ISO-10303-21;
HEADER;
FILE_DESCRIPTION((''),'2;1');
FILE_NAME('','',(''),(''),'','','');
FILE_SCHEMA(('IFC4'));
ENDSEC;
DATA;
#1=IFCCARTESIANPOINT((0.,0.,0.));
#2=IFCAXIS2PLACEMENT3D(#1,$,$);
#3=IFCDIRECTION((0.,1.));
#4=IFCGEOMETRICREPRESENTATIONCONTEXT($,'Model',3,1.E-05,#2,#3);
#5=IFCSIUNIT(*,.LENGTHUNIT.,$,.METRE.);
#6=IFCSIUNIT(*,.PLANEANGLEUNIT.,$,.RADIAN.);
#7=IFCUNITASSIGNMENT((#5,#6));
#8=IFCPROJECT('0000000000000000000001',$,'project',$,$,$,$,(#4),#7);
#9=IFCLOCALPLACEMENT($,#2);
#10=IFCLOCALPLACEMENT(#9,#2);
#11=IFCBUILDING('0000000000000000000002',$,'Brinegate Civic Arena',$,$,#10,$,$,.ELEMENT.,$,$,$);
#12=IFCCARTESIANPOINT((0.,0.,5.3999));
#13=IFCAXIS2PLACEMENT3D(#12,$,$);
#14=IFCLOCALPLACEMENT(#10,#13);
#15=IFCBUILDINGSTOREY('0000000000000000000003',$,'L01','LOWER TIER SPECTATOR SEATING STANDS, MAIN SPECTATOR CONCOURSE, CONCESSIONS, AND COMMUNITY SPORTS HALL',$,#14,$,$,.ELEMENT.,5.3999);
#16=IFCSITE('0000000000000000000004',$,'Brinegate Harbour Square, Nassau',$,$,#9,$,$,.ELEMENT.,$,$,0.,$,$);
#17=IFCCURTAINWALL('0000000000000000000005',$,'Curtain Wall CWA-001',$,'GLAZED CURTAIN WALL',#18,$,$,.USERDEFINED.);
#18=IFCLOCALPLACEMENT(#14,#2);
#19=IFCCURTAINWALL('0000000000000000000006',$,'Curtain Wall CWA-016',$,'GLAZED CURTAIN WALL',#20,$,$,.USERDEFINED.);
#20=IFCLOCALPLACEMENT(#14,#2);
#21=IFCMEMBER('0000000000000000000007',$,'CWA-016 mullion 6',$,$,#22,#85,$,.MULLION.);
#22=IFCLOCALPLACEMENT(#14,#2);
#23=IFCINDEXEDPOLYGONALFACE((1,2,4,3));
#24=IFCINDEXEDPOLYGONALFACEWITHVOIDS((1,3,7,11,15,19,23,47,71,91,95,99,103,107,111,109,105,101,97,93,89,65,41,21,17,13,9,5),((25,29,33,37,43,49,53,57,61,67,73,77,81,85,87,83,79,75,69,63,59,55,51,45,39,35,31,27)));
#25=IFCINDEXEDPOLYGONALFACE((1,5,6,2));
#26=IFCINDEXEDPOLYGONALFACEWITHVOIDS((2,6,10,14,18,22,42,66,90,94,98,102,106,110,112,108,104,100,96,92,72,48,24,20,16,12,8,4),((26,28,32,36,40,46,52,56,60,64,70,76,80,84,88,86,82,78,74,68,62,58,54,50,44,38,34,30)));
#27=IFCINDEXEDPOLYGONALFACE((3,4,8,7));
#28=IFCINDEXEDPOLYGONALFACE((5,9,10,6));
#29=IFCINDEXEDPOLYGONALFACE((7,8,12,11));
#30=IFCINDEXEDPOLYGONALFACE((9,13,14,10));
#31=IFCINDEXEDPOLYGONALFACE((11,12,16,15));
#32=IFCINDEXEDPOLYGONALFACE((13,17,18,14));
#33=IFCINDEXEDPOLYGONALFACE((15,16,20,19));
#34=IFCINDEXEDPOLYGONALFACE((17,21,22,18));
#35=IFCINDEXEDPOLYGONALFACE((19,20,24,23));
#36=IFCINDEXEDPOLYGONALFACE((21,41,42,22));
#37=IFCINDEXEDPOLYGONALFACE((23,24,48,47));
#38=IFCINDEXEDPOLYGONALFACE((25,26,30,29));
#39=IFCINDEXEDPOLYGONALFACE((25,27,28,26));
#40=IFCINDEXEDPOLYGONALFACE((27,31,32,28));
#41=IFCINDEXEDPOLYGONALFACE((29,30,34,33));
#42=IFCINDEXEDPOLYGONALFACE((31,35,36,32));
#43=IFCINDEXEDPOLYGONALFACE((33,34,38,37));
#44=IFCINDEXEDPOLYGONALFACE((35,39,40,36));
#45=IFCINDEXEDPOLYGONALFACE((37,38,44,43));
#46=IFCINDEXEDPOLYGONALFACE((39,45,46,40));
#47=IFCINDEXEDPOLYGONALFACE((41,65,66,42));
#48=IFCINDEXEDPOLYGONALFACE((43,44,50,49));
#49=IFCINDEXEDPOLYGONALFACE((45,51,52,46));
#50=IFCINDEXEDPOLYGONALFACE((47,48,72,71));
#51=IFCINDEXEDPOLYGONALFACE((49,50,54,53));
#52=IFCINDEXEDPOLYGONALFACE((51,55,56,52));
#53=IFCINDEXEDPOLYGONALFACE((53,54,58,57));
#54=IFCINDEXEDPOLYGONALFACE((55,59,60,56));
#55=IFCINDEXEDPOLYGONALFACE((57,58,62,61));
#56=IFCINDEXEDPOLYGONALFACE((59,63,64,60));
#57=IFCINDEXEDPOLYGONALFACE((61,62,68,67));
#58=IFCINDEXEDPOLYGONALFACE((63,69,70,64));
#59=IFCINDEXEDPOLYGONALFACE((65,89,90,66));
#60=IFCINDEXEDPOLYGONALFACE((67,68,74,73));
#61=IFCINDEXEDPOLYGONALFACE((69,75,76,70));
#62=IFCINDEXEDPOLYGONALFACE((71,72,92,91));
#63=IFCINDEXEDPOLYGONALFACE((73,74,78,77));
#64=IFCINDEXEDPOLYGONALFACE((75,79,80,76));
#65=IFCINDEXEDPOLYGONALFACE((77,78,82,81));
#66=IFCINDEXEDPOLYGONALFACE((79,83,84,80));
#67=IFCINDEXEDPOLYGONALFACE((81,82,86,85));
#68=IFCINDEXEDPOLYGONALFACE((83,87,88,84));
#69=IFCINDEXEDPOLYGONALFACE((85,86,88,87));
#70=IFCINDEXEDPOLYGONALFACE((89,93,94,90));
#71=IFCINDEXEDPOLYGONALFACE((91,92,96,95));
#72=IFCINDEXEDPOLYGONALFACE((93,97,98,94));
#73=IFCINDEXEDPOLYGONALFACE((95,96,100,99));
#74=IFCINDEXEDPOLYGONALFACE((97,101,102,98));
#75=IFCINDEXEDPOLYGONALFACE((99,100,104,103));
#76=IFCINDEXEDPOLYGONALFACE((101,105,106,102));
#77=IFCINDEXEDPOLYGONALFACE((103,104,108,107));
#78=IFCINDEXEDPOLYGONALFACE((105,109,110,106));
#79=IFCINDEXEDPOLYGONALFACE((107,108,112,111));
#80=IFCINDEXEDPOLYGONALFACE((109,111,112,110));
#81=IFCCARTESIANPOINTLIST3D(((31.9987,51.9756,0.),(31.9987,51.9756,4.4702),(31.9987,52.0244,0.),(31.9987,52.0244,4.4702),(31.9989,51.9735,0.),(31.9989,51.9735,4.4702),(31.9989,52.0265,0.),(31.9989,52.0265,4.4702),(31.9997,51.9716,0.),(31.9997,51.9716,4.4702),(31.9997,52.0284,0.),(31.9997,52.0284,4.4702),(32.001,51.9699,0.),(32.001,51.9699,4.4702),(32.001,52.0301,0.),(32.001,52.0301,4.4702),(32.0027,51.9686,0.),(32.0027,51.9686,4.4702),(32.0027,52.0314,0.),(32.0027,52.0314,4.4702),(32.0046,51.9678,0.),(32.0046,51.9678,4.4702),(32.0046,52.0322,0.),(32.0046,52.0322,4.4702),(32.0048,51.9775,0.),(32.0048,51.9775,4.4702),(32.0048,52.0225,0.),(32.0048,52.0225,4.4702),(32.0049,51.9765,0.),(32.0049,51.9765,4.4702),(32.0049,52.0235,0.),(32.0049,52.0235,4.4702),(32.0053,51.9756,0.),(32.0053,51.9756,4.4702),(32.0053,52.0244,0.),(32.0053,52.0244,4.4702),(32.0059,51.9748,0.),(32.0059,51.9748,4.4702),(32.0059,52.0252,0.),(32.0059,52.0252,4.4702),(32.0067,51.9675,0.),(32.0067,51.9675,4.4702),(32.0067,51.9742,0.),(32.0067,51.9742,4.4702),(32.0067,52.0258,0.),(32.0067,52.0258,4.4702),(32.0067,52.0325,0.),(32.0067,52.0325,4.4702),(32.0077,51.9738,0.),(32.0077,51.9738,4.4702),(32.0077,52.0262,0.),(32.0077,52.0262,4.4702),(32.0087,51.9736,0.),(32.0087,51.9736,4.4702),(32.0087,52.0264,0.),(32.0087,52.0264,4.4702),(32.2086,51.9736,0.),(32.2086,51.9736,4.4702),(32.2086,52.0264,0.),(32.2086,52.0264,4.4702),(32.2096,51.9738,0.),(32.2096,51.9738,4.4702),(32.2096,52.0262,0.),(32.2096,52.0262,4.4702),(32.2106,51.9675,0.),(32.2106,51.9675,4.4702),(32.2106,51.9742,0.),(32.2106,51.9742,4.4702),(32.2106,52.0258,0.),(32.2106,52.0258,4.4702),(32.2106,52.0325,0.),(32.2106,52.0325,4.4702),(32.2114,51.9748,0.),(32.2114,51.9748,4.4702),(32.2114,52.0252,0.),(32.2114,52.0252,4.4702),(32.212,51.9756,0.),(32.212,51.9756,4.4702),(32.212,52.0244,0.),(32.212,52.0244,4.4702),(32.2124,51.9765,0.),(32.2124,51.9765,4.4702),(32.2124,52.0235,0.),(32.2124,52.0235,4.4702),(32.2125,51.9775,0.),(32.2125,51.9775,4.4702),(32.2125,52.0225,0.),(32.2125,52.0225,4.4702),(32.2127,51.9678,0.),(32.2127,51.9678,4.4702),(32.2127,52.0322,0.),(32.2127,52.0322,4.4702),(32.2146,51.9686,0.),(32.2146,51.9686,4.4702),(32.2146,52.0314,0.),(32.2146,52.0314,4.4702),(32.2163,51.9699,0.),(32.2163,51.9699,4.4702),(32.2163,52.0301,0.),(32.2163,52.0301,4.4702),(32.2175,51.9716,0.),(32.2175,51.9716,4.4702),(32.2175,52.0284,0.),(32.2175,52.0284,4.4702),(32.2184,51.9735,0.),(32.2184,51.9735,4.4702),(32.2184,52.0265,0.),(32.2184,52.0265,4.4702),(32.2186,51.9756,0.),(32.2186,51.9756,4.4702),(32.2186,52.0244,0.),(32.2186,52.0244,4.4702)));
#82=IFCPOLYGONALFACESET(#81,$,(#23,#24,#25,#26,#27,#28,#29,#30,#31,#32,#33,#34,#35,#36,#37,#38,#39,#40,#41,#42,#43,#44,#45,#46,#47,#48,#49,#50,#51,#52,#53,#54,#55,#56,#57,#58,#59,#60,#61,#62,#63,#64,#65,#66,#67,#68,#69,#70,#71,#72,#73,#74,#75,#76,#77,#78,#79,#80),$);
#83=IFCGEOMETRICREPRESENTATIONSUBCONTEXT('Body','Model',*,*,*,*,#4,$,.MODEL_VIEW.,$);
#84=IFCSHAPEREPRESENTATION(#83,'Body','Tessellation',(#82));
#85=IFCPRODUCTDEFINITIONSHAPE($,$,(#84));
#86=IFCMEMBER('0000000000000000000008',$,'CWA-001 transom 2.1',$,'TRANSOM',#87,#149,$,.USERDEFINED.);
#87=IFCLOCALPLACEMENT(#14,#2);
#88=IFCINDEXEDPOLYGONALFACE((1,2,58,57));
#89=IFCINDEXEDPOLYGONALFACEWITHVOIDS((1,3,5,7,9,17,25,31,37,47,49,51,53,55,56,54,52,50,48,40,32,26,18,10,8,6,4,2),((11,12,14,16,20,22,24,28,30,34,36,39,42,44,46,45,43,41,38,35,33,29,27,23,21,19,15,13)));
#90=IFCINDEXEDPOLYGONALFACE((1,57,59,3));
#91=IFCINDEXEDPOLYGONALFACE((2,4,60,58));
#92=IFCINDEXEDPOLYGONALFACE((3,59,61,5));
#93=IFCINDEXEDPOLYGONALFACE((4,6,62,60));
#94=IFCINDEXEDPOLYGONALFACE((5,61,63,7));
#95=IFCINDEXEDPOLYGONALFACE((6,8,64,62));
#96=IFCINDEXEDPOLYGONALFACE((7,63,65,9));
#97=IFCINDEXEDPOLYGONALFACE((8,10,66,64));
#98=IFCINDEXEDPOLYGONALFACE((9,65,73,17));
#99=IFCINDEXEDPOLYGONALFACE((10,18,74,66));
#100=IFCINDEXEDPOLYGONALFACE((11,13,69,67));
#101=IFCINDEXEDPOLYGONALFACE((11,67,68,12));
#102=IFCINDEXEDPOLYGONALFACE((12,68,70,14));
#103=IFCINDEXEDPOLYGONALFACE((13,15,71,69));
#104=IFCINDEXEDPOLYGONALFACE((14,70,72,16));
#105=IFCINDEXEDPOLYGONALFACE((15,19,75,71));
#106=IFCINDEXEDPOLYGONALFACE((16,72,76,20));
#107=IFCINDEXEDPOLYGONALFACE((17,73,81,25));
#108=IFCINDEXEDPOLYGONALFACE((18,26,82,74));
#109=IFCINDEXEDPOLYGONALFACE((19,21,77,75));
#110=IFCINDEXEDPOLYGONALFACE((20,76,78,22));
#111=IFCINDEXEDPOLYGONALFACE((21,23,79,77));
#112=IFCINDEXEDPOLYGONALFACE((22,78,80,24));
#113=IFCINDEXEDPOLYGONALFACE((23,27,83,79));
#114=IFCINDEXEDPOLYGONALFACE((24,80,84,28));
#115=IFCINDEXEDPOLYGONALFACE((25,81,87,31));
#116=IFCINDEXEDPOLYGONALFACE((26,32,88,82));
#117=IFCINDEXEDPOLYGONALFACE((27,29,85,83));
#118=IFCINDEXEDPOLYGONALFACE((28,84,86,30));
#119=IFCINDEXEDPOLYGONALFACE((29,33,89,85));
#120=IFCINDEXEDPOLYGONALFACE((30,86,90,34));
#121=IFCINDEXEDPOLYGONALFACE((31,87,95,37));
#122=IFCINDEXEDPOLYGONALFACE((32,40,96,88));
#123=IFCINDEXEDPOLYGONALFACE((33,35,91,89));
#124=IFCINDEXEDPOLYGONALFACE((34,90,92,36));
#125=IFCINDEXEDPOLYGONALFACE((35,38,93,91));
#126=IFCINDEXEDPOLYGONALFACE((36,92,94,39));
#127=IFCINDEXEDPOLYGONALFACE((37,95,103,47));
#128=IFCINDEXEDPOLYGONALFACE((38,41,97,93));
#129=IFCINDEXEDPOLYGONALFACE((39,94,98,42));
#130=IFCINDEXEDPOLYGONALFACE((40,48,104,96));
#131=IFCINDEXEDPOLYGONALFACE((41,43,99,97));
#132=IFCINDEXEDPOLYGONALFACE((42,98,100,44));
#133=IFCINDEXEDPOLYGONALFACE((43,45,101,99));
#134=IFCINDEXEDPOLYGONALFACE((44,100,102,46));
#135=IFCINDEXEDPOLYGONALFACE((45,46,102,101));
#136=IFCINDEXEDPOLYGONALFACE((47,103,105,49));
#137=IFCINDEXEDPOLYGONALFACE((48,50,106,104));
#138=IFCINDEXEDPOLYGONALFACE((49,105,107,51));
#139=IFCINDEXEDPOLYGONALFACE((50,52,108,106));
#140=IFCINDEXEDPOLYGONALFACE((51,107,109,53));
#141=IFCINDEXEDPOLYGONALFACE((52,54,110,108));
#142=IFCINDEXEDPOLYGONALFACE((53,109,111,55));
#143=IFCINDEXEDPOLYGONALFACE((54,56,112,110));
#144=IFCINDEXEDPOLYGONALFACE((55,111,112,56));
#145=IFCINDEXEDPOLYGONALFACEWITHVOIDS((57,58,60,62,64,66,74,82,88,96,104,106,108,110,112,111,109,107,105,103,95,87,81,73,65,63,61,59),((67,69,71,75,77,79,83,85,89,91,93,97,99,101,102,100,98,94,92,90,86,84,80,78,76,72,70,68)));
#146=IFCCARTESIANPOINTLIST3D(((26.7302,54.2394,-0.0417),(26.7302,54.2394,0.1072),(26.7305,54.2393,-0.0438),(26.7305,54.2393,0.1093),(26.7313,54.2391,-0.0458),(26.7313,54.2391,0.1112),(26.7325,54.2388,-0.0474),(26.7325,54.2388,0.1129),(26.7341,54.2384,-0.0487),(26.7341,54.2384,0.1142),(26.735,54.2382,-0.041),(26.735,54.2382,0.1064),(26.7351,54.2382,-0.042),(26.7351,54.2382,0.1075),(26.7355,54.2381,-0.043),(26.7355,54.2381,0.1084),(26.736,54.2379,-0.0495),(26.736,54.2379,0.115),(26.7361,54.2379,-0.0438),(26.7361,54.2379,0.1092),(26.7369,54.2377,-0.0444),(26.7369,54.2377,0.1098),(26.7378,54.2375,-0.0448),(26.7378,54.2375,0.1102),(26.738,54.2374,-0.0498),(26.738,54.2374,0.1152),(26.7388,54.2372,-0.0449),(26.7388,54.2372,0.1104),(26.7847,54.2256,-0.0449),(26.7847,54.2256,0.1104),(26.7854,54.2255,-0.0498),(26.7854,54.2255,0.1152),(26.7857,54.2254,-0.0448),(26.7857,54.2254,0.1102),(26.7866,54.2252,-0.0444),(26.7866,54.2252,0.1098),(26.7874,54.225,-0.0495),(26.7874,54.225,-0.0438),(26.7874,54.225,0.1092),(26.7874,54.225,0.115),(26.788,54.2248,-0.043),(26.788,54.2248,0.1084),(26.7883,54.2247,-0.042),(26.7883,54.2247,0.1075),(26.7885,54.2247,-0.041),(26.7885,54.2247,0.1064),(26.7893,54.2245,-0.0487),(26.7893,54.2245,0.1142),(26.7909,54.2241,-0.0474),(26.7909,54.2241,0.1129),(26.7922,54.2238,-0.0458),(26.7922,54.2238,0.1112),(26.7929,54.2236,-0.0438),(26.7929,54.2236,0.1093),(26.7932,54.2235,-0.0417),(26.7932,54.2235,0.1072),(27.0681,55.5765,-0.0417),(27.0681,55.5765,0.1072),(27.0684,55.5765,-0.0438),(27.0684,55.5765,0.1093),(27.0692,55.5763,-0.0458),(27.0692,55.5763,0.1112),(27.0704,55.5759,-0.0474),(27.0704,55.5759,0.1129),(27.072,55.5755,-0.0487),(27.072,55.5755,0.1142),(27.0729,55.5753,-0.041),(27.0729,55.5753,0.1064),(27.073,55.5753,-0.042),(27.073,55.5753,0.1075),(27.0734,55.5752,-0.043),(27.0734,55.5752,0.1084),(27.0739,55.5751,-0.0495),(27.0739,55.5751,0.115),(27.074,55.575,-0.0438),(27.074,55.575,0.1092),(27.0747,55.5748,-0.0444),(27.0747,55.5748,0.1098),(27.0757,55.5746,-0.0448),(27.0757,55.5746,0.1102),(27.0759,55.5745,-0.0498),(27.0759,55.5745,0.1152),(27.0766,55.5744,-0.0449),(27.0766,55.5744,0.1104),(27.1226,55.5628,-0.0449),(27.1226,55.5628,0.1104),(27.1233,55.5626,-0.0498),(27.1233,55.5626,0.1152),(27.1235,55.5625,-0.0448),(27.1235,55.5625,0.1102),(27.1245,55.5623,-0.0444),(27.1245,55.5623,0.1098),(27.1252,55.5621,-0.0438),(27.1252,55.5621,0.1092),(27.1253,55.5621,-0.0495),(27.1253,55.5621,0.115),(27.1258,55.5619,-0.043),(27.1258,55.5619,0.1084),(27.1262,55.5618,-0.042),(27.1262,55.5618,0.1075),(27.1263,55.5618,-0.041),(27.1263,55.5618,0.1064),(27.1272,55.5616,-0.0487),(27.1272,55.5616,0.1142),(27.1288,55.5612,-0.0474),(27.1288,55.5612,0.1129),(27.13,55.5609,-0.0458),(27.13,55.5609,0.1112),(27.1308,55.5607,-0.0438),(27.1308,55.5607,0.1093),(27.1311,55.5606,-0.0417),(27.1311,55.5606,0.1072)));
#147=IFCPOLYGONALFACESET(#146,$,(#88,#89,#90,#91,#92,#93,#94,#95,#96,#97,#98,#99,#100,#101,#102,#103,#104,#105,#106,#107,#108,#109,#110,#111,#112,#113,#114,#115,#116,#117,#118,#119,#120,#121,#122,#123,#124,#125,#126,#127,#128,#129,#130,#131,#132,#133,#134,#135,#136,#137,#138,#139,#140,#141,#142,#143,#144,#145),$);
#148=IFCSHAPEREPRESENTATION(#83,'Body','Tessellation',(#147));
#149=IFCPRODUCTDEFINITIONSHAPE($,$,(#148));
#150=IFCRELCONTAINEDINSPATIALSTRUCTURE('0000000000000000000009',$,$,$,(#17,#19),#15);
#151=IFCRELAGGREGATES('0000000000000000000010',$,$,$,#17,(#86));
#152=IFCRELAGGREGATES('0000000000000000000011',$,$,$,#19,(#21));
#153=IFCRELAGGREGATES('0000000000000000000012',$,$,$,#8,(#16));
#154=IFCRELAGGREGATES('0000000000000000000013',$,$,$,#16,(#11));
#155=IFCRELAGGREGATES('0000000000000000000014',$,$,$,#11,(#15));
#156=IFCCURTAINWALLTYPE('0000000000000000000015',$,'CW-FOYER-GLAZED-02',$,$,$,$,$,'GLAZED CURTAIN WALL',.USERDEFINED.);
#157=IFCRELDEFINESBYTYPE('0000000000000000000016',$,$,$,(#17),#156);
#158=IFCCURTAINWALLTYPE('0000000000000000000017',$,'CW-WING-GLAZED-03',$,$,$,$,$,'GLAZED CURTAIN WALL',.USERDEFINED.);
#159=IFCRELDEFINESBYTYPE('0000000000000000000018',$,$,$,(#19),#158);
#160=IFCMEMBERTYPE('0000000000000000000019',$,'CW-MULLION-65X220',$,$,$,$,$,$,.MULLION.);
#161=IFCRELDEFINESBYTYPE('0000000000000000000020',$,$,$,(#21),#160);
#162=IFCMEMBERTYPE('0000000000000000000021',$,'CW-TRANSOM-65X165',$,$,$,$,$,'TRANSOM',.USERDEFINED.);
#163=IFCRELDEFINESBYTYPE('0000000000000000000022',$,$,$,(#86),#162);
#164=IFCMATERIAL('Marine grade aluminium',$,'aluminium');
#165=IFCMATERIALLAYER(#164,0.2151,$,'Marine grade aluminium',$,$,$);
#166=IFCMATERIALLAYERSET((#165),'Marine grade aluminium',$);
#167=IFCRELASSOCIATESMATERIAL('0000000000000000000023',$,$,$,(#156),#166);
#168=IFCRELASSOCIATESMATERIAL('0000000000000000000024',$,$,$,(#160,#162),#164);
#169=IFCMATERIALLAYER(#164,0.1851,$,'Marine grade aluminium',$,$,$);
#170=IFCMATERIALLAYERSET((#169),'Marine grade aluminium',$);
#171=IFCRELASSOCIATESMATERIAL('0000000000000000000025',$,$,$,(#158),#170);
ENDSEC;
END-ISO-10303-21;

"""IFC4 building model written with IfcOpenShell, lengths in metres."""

from ifc_helpers import new_model, si_unit, direction, frame, origin, origin_2d, place, context, subcontext, project, spatial, hollow_rectangle, extrude, material, layer, layer_set, material_profile, profile_set, type_object, element, aggregate, save


model = new_model("IFC4")

# Units and contexts
model_context = context("Model", 3, precision=1e-05, world=origin(), true_north=direction((0.0, 1.0)))
body_context = subcontext(model_context, "Body", "Model", "MODEL_VIEW")
ifc_project = project(units=[si_unit("LENGTHUNIT", "METRE"), si_unit("PLANEANGLEUNIT", "RADIAN")], contexts=[model_context])

# Site, building, storey
site_placement = place(None, origin())
site = spatial("IfcSite", under=ifc_project, at=site_placement, Name="Brinegate Harbour Square, Nassau", CompositionType="ELEMENT", RefElevation=0.0)
building_placement = place(site_placement, origin())
building = spatial("IfcBuilding", under=site, at=building_placement, Name="Brinegate Civic Arena", CompositionType="ELEMENT")
storey_placement = place(building_placement, frame((0.0, 0.0, 5.3999)))
storey = spatial("IfcBuildingStorey", under=building, at=storey_placement, Name="L01", Description="LOWER TIER SPECTATOR SEATING STANDS, MAIN SPECTATOR CONCOURSE, CONCESSIONS, AND COMMUNITY SPORTS HALL", CompositionType="ELEMENT", Elevation=5.3999)

# Curtain wall
ifc_material_1 = material(Name="Marine grade aluminium", Category="aluminium")
ifc_layer_1 = layer(ifc_material_1, 0.2151, Name="Marine grade aluminium")
ifc_layer_set_1 = layer_set([ifc_layer_1], Name="Marine grade aluminium")
curtain_wall_type_1 = type_object("IfcCurtainWallType", Name="CW-FOYER-GLAZED-02", ElementType="GLAZED CURTAIN WALL", PredefinedType="USERDEFINED", material=ifc_layer_set_1)
curtain_wall_1_placement = place(storey_placement, origin())
curtain_wall_1 = element("IfcCurtainWall", 1, at=curtain_wall_1_placement, inside=storey, type_object=curtain_wall_type_1, Name="Curtain Wall CWA-001", ObjectType="GLAZED CURTAIN WALL", PredefinedType="USERDEFINED")
ifc_material_profile_1 = material_profile(ifc_material_1, hollow_rectangle(XDim=0.0649, YDim=0.22, WallThickness=0.0061, InnerFilletRadius=0.0039, OuterFilletRadius=0.0081, at=origin_2d()), Name="MUL65X220")
ifc_profile_set_1 = profile_set([ifc_material_profile_1], Name="Marine grade aluminium")
member_type_1 = type_object("IfcMemberType", Name="CW-MULLION-65X220", PredefinedType="MULLION", material=ifc_profile_set_1)

# Curtain wall, member
ifc_layer_2 = layer(ifc_material_1, 0.1851, Name="Marine grade aluminium")
ifc_layer_set_2 = layer_set([ifc_layer_2], Name="Marine grade aluminium")
curtain_wall_type_2 = type_object("IfcCurtainWallType", Name="CW-WING-GLAZED-03", ElementType="GLAZED CURTAIN WALL", PredefinedType="USERDEFINED", material=ifc_layer_set_2)
curtain_wall_2_placement = place(storey_placement, origin())
curtain_wall_2 = element("IfcCurtainWall", 2, at=curtain_wall_2_placement, inside=storey, type_object=curtain_wall_type_2, Name="Curtain Wall CWA-016", ObjectType="GLAZED CURTAIN WALL", PredefinedType="USERDEFINED")
member_1_placement = place(storey_placement, frame((32.1086, 52.0, 0.0), z_axis=(0.0, 0.0, 1.0), x_axis=(0.0, 1.0, 0.0)))
member_1 = element("IfcMember", 3, at=member_1_placement, type_object=member_type_1, Name="CWA-016 mullion 6", PredefinedType="MULLION", context=body_context, shape_type="SweptSolid", body=[
    extrude(hollow_rectangle(XDim=0.0649, YDim=0.22, WallThickness=0.0061, InnerFilletRadius=0.0039, OuterFilletRadius=0.0081, at=origin_2d()), origin(), (0.0, 0.0, 1.0), 4.4702),
])

# Member
ifc_material_profile_2 = material_profile(ifc_material_1, hollow_rectangle(XDim=0.0649, YDim=0.165, WallThickness=0.0049, InnerFilletRadius=0.0039, OuterFilletRadius=0.0081, at=origin_2d()), Name="TRN65X165")
ifc_profile_set_2 = profile_set([ifc_material_profile_2], Name="Marine grade aluminium")
member_type_2 = type_object("IfcMemberType", Name="CW-TRANSOM-65X165", ElementType="TRANSOM", PredefinedType="USERDEFINED", material=ifc_profile_set_2)
member_2_placement = place(storey_placement, frame((26.7617, 54.2314, 0.0327), z_axis=(0.244992, 0.969525, 0.0), x_axis=(-0.969525, 0.244992, 0.0)))
member_2 = element("IfcMember", 4, at=member_2_placement, type_object=member_type_2, Name="CWA-001 transom 2.1", ObjectType="TRANSOM", PredefinedType="USERDEFINED", context=body_context, shape_type="SweptSolid", body=[
    extrude(hollow_rectangle(XDim=0.0649, YDim=0.165, WallThickness=0.0049, InnerFilletRadius=0.0039, OuterFilletRadius=0.0081, at=origin_2d()), origin(), (0.0, 0.0, 1.0), 1.3792),
])
aggregate(curtain_wall_1, [member_2])

aggregate(curtain_wall_2, [member_1])

save(model, "model.ifc")
